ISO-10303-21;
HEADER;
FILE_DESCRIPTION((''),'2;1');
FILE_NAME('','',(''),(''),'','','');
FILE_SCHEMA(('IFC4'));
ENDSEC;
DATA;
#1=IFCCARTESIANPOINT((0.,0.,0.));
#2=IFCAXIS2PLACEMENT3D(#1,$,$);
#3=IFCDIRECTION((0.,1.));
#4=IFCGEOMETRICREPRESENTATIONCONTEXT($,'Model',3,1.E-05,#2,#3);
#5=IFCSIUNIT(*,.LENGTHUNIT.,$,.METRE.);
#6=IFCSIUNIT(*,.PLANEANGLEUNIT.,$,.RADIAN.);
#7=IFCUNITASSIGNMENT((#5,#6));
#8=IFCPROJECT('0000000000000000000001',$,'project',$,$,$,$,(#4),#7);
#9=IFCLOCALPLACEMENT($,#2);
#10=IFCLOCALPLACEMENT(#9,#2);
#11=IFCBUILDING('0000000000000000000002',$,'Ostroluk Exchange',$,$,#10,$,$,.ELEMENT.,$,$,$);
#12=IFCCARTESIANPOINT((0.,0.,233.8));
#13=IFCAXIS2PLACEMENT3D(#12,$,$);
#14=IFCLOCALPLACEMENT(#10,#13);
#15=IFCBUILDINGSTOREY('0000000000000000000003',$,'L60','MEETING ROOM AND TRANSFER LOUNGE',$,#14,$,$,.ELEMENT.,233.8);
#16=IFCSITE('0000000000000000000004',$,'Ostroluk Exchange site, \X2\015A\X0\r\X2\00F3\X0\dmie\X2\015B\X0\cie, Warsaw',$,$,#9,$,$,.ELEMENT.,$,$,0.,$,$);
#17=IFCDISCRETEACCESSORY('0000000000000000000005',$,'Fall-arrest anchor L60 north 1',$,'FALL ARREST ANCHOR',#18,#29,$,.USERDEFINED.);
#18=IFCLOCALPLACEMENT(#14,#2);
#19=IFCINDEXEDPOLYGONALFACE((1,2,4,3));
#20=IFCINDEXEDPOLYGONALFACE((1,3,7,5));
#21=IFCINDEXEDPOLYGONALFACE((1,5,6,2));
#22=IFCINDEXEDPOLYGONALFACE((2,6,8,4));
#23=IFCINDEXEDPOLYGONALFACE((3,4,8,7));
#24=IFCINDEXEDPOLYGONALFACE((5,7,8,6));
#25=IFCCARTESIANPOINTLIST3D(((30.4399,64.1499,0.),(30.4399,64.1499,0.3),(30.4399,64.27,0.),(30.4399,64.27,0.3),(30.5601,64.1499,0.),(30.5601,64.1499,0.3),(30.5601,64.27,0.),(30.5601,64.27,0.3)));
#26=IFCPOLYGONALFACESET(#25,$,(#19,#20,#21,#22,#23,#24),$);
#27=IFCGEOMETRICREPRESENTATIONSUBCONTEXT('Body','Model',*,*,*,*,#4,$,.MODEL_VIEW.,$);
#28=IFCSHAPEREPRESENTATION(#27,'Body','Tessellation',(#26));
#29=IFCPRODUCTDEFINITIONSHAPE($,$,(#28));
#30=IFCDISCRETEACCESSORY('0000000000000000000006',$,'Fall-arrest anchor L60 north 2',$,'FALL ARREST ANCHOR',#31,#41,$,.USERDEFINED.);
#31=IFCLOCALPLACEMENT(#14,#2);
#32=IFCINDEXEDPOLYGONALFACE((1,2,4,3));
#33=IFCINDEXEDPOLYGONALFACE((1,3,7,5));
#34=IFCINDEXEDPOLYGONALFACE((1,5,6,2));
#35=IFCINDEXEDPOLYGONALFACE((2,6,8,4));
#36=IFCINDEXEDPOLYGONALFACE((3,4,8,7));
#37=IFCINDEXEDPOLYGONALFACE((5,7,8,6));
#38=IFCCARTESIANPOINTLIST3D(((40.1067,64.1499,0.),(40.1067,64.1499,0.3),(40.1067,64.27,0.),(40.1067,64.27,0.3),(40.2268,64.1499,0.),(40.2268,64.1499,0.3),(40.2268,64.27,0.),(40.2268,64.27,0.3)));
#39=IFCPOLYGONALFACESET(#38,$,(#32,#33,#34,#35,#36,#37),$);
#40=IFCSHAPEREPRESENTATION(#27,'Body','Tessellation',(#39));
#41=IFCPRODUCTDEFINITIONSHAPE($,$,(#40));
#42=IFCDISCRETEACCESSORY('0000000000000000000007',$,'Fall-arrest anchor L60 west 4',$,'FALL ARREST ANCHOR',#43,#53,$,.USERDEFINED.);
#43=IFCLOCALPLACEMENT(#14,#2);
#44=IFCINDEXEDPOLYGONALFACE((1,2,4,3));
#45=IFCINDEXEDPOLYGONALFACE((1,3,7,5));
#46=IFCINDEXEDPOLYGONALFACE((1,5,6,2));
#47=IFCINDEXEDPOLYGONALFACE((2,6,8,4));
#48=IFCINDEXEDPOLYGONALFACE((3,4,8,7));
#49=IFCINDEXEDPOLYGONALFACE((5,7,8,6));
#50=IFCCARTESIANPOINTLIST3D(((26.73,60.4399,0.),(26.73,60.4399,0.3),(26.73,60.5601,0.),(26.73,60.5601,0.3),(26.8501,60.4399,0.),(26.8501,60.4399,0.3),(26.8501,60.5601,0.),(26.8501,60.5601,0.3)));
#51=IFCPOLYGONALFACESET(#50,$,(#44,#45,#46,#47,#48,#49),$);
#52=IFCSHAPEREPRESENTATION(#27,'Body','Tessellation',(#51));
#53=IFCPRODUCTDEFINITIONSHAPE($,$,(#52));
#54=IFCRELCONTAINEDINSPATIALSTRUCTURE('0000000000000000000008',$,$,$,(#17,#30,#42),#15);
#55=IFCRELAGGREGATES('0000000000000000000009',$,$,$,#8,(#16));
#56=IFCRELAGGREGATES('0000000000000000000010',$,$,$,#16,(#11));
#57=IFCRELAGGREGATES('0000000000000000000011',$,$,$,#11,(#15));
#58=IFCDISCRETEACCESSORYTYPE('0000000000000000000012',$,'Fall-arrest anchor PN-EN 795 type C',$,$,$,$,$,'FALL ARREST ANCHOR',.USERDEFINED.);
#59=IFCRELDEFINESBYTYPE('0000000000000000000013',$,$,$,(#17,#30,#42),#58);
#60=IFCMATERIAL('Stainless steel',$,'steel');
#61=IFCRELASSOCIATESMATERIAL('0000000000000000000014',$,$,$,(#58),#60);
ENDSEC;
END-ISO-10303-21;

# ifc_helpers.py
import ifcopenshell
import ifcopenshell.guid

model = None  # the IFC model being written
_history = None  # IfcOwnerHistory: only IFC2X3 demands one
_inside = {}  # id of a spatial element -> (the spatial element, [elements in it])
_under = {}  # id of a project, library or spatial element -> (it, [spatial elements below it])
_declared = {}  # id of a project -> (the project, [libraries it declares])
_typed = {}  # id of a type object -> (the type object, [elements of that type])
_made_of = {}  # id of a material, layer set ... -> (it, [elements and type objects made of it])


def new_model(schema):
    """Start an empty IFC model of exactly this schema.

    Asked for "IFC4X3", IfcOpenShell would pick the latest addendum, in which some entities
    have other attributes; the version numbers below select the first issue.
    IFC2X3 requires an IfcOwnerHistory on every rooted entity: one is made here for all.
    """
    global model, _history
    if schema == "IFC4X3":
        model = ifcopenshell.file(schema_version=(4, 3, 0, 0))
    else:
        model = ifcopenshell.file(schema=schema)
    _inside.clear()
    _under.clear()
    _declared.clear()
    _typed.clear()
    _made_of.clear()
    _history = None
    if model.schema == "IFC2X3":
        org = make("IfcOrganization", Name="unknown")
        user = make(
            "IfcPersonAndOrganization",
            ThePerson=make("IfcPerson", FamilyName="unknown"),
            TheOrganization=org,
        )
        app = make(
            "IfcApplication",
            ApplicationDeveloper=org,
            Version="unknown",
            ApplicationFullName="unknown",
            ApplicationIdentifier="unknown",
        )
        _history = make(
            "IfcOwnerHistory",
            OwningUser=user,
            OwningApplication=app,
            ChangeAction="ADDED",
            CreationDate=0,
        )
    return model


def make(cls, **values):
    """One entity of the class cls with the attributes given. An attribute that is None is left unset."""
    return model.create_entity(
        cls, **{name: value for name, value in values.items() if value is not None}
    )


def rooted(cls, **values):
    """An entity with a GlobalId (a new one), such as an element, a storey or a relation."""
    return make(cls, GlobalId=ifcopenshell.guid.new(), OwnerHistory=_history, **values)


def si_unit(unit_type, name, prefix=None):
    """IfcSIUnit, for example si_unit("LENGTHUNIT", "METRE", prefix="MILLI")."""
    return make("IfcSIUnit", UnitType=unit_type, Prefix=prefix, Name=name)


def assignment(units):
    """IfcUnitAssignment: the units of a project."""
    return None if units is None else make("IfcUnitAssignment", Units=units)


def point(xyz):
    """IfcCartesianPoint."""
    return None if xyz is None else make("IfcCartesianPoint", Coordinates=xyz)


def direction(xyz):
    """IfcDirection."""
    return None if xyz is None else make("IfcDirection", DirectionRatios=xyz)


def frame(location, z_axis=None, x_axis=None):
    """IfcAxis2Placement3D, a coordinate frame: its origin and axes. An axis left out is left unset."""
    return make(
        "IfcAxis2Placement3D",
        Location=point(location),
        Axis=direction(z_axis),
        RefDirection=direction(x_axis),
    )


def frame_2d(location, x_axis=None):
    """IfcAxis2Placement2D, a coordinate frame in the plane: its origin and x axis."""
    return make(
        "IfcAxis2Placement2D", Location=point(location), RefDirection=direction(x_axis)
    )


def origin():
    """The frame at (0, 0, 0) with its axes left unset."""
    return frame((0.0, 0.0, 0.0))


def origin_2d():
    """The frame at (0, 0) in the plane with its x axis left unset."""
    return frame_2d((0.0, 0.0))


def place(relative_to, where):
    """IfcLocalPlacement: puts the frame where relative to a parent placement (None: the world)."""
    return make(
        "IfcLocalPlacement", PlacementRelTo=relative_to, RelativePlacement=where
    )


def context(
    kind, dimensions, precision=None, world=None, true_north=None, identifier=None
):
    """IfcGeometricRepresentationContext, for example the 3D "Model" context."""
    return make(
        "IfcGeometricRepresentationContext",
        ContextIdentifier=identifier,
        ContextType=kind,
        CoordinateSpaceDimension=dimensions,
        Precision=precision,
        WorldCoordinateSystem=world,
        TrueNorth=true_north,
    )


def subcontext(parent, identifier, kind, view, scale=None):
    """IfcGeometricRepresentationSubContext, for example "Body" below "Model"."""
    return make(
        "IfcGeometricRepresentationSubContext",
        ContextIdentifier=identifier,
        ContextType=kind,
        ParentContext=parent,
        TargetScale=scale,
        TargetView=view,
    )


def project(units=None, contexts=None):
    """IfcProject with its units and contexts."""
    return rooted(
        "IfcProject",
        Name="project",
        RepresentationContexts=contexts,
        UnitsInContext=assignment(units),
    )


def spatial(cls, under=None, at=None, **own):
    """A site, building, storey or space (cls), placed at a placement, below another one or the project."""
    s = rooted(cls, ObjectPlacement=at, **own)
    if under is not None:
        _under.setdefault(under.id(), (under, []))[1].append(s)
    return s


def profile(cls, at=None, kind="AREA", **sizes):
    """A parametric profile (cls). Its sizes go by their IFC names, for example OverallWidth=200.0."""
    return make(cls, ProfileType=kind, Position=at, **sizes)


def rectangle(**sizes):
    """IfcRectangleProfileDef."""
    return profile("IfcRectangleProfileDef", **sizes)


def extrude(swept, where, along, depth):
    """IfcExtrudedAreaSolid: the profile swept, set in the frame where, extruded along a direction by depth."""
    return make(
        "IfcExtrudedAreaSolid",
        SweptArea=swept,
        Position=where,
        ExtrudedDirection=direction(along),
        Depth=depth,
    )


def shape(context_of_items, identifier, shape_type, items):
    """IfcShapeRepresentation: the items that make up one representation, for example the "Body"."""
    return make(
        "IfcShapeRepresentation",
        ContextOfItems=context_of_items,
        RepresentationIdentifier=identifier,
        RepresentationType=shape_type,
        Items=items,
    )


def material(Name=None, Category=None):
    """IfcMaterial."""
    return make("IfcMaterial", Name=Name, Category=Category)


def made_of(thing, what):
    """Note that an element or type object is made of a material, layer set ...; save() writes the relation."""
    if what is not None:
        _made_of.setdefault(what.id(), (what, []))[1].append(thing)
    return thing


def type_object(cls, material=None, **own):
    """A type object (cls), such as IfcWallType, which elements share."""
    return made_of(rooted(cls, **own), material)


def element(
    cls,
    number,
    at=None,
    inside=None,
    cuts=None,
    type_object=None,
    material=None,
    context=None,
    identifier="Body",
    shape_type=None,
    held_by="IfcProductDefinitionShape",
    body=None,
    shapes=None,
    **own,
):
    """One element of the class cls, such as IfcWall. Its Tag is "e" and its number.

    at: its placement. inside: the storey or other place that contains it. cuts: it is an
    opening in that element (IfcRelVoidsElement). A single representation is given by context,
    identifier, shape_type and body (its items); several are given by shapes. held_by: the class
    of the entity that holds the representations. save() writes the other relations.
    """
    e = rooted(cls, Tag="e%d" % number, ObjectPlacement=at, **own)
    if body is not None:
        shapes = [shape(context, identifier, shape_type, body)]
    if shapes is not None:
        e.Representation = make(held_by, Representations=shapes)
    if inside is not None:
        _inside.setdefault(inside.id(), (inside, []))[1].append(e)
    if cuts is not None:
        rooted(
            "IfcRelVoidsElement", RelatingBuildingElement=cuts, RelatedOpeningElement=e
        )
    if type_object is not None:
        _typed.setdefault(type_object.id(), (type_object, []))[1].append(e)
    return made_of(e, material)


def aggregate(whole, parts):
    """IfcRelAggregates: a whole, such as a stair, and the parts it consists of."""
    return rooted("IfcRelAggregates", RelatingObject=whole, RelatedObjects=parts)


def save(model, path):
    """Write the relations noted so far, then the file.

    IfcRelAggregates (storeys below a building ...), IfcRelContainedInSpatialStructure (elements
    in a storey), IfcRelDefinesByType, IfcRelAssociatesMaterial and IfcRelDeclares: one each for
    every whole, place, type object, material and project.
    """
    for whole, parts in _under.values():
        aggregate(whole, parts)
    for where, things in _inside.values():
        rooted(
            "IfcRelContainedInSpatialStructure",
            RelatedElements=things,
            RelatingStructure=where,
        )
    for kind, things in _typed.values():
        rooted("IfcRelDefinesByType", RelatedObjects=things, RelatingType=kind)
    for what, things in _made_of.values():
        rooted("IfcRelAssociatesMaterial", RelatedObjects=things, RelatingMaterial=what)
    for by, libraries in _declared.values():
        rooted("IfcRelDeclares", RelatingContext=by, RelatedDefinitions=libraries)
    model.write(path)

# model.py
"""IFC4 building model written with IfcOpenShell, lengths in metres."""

from ifc_helpers import new_model, si_unit, direction, frame, origin, origin_2d, place, context, subcontext, project, spatial, rectangle, extrude, material, type_object, element, save


model = new_model("IFC4")

# Units and contexts
model_context = context("Model", 3, precision=1e-05, world=origin(), true_north=direction((0.0, 1.0)))
body_context = subcontext(model_context, "Body", "Model", "MODEL_VIEW")
ifc_project = project(units=[si_unit("LENGTHUNIT", "METRE"), si_unit("PLANEANGLEUNIT", "RADIAN")], contexts=[model_context])

# Site, building, storey
site_placement = place(None, origin())
site = spatial("IfcSite", under=ifc_project, at=site_placement, Name="Ostroluk Exchange site, Śródmieście, Warsaw", CompositionType="ELEMENT", RefElevation=0.0)
building_placement = place(site_placement, origin())
building = spatial("IfcBuilding", under=site, at=building_placement, Name="Ostroluk Exchange", CompositionType="ELEMENT")
storey_placement = place(building_placement, frame((0.0, 0.0, 233.8)))
storey = spatial("IfcBuildingStorey", under=building, at=storey_placement, Name="L60", Description="MEETING ROOM AND TRANSFER LOUNGE", CompositionType="ELEMENT", Elevation=233.8)

# Discrete accessories
ifc_material_1 = material(Name="Stainless steel", Category="steel")
discrete_accessory_type = type_object("IfcDiscreteAccessoryType", Name="Fall-arrest anchor PN-EN 795 type C", ElementType="FALL ARREST ANCHOR", PredefinedType="USERDEFINED", material=ifc_material_1)
for number, where, z_axis, x_axis, name in (
    (1, (30.5, 64.21, 0.0), (0.0, 0.0, 1.0), (1.0, 0.0, 0.0), "Fall-arrest anchor L60 north 1"),
    (2, (40.1667, 64.21, 0.0), (0.0, 0.0, 1.0), (1.0, 0.0, 0.0), "Fall-arrest anchor L60 north 2"),
    (3, (26.79, 60.5, 0.0), (0.0, 0.0, 1.0), (1.0, 0.0, 0.0), "Fall-arrest anchor L60 west 4"),
):
    element("IfcDiscreteAccessory", number, at=place(storey_placement, frame(where, z_axis=z_axis, x_axis=x_axis)), inside=storey, type_object=discrete_accessory_type, Name=name, ObjectType="FALL ARREST ANCHOR", PredefinedType="USERDEFINED", context=body_context, shape_type="SweptSolid", body=[
        extrude(rectangle(XDim=0.1201, YDim=0.1201, at=origin_2d()), origin(), (0.0, 0.0, 1.0), 0.3),
    ])

save(model, "model.ifc")
